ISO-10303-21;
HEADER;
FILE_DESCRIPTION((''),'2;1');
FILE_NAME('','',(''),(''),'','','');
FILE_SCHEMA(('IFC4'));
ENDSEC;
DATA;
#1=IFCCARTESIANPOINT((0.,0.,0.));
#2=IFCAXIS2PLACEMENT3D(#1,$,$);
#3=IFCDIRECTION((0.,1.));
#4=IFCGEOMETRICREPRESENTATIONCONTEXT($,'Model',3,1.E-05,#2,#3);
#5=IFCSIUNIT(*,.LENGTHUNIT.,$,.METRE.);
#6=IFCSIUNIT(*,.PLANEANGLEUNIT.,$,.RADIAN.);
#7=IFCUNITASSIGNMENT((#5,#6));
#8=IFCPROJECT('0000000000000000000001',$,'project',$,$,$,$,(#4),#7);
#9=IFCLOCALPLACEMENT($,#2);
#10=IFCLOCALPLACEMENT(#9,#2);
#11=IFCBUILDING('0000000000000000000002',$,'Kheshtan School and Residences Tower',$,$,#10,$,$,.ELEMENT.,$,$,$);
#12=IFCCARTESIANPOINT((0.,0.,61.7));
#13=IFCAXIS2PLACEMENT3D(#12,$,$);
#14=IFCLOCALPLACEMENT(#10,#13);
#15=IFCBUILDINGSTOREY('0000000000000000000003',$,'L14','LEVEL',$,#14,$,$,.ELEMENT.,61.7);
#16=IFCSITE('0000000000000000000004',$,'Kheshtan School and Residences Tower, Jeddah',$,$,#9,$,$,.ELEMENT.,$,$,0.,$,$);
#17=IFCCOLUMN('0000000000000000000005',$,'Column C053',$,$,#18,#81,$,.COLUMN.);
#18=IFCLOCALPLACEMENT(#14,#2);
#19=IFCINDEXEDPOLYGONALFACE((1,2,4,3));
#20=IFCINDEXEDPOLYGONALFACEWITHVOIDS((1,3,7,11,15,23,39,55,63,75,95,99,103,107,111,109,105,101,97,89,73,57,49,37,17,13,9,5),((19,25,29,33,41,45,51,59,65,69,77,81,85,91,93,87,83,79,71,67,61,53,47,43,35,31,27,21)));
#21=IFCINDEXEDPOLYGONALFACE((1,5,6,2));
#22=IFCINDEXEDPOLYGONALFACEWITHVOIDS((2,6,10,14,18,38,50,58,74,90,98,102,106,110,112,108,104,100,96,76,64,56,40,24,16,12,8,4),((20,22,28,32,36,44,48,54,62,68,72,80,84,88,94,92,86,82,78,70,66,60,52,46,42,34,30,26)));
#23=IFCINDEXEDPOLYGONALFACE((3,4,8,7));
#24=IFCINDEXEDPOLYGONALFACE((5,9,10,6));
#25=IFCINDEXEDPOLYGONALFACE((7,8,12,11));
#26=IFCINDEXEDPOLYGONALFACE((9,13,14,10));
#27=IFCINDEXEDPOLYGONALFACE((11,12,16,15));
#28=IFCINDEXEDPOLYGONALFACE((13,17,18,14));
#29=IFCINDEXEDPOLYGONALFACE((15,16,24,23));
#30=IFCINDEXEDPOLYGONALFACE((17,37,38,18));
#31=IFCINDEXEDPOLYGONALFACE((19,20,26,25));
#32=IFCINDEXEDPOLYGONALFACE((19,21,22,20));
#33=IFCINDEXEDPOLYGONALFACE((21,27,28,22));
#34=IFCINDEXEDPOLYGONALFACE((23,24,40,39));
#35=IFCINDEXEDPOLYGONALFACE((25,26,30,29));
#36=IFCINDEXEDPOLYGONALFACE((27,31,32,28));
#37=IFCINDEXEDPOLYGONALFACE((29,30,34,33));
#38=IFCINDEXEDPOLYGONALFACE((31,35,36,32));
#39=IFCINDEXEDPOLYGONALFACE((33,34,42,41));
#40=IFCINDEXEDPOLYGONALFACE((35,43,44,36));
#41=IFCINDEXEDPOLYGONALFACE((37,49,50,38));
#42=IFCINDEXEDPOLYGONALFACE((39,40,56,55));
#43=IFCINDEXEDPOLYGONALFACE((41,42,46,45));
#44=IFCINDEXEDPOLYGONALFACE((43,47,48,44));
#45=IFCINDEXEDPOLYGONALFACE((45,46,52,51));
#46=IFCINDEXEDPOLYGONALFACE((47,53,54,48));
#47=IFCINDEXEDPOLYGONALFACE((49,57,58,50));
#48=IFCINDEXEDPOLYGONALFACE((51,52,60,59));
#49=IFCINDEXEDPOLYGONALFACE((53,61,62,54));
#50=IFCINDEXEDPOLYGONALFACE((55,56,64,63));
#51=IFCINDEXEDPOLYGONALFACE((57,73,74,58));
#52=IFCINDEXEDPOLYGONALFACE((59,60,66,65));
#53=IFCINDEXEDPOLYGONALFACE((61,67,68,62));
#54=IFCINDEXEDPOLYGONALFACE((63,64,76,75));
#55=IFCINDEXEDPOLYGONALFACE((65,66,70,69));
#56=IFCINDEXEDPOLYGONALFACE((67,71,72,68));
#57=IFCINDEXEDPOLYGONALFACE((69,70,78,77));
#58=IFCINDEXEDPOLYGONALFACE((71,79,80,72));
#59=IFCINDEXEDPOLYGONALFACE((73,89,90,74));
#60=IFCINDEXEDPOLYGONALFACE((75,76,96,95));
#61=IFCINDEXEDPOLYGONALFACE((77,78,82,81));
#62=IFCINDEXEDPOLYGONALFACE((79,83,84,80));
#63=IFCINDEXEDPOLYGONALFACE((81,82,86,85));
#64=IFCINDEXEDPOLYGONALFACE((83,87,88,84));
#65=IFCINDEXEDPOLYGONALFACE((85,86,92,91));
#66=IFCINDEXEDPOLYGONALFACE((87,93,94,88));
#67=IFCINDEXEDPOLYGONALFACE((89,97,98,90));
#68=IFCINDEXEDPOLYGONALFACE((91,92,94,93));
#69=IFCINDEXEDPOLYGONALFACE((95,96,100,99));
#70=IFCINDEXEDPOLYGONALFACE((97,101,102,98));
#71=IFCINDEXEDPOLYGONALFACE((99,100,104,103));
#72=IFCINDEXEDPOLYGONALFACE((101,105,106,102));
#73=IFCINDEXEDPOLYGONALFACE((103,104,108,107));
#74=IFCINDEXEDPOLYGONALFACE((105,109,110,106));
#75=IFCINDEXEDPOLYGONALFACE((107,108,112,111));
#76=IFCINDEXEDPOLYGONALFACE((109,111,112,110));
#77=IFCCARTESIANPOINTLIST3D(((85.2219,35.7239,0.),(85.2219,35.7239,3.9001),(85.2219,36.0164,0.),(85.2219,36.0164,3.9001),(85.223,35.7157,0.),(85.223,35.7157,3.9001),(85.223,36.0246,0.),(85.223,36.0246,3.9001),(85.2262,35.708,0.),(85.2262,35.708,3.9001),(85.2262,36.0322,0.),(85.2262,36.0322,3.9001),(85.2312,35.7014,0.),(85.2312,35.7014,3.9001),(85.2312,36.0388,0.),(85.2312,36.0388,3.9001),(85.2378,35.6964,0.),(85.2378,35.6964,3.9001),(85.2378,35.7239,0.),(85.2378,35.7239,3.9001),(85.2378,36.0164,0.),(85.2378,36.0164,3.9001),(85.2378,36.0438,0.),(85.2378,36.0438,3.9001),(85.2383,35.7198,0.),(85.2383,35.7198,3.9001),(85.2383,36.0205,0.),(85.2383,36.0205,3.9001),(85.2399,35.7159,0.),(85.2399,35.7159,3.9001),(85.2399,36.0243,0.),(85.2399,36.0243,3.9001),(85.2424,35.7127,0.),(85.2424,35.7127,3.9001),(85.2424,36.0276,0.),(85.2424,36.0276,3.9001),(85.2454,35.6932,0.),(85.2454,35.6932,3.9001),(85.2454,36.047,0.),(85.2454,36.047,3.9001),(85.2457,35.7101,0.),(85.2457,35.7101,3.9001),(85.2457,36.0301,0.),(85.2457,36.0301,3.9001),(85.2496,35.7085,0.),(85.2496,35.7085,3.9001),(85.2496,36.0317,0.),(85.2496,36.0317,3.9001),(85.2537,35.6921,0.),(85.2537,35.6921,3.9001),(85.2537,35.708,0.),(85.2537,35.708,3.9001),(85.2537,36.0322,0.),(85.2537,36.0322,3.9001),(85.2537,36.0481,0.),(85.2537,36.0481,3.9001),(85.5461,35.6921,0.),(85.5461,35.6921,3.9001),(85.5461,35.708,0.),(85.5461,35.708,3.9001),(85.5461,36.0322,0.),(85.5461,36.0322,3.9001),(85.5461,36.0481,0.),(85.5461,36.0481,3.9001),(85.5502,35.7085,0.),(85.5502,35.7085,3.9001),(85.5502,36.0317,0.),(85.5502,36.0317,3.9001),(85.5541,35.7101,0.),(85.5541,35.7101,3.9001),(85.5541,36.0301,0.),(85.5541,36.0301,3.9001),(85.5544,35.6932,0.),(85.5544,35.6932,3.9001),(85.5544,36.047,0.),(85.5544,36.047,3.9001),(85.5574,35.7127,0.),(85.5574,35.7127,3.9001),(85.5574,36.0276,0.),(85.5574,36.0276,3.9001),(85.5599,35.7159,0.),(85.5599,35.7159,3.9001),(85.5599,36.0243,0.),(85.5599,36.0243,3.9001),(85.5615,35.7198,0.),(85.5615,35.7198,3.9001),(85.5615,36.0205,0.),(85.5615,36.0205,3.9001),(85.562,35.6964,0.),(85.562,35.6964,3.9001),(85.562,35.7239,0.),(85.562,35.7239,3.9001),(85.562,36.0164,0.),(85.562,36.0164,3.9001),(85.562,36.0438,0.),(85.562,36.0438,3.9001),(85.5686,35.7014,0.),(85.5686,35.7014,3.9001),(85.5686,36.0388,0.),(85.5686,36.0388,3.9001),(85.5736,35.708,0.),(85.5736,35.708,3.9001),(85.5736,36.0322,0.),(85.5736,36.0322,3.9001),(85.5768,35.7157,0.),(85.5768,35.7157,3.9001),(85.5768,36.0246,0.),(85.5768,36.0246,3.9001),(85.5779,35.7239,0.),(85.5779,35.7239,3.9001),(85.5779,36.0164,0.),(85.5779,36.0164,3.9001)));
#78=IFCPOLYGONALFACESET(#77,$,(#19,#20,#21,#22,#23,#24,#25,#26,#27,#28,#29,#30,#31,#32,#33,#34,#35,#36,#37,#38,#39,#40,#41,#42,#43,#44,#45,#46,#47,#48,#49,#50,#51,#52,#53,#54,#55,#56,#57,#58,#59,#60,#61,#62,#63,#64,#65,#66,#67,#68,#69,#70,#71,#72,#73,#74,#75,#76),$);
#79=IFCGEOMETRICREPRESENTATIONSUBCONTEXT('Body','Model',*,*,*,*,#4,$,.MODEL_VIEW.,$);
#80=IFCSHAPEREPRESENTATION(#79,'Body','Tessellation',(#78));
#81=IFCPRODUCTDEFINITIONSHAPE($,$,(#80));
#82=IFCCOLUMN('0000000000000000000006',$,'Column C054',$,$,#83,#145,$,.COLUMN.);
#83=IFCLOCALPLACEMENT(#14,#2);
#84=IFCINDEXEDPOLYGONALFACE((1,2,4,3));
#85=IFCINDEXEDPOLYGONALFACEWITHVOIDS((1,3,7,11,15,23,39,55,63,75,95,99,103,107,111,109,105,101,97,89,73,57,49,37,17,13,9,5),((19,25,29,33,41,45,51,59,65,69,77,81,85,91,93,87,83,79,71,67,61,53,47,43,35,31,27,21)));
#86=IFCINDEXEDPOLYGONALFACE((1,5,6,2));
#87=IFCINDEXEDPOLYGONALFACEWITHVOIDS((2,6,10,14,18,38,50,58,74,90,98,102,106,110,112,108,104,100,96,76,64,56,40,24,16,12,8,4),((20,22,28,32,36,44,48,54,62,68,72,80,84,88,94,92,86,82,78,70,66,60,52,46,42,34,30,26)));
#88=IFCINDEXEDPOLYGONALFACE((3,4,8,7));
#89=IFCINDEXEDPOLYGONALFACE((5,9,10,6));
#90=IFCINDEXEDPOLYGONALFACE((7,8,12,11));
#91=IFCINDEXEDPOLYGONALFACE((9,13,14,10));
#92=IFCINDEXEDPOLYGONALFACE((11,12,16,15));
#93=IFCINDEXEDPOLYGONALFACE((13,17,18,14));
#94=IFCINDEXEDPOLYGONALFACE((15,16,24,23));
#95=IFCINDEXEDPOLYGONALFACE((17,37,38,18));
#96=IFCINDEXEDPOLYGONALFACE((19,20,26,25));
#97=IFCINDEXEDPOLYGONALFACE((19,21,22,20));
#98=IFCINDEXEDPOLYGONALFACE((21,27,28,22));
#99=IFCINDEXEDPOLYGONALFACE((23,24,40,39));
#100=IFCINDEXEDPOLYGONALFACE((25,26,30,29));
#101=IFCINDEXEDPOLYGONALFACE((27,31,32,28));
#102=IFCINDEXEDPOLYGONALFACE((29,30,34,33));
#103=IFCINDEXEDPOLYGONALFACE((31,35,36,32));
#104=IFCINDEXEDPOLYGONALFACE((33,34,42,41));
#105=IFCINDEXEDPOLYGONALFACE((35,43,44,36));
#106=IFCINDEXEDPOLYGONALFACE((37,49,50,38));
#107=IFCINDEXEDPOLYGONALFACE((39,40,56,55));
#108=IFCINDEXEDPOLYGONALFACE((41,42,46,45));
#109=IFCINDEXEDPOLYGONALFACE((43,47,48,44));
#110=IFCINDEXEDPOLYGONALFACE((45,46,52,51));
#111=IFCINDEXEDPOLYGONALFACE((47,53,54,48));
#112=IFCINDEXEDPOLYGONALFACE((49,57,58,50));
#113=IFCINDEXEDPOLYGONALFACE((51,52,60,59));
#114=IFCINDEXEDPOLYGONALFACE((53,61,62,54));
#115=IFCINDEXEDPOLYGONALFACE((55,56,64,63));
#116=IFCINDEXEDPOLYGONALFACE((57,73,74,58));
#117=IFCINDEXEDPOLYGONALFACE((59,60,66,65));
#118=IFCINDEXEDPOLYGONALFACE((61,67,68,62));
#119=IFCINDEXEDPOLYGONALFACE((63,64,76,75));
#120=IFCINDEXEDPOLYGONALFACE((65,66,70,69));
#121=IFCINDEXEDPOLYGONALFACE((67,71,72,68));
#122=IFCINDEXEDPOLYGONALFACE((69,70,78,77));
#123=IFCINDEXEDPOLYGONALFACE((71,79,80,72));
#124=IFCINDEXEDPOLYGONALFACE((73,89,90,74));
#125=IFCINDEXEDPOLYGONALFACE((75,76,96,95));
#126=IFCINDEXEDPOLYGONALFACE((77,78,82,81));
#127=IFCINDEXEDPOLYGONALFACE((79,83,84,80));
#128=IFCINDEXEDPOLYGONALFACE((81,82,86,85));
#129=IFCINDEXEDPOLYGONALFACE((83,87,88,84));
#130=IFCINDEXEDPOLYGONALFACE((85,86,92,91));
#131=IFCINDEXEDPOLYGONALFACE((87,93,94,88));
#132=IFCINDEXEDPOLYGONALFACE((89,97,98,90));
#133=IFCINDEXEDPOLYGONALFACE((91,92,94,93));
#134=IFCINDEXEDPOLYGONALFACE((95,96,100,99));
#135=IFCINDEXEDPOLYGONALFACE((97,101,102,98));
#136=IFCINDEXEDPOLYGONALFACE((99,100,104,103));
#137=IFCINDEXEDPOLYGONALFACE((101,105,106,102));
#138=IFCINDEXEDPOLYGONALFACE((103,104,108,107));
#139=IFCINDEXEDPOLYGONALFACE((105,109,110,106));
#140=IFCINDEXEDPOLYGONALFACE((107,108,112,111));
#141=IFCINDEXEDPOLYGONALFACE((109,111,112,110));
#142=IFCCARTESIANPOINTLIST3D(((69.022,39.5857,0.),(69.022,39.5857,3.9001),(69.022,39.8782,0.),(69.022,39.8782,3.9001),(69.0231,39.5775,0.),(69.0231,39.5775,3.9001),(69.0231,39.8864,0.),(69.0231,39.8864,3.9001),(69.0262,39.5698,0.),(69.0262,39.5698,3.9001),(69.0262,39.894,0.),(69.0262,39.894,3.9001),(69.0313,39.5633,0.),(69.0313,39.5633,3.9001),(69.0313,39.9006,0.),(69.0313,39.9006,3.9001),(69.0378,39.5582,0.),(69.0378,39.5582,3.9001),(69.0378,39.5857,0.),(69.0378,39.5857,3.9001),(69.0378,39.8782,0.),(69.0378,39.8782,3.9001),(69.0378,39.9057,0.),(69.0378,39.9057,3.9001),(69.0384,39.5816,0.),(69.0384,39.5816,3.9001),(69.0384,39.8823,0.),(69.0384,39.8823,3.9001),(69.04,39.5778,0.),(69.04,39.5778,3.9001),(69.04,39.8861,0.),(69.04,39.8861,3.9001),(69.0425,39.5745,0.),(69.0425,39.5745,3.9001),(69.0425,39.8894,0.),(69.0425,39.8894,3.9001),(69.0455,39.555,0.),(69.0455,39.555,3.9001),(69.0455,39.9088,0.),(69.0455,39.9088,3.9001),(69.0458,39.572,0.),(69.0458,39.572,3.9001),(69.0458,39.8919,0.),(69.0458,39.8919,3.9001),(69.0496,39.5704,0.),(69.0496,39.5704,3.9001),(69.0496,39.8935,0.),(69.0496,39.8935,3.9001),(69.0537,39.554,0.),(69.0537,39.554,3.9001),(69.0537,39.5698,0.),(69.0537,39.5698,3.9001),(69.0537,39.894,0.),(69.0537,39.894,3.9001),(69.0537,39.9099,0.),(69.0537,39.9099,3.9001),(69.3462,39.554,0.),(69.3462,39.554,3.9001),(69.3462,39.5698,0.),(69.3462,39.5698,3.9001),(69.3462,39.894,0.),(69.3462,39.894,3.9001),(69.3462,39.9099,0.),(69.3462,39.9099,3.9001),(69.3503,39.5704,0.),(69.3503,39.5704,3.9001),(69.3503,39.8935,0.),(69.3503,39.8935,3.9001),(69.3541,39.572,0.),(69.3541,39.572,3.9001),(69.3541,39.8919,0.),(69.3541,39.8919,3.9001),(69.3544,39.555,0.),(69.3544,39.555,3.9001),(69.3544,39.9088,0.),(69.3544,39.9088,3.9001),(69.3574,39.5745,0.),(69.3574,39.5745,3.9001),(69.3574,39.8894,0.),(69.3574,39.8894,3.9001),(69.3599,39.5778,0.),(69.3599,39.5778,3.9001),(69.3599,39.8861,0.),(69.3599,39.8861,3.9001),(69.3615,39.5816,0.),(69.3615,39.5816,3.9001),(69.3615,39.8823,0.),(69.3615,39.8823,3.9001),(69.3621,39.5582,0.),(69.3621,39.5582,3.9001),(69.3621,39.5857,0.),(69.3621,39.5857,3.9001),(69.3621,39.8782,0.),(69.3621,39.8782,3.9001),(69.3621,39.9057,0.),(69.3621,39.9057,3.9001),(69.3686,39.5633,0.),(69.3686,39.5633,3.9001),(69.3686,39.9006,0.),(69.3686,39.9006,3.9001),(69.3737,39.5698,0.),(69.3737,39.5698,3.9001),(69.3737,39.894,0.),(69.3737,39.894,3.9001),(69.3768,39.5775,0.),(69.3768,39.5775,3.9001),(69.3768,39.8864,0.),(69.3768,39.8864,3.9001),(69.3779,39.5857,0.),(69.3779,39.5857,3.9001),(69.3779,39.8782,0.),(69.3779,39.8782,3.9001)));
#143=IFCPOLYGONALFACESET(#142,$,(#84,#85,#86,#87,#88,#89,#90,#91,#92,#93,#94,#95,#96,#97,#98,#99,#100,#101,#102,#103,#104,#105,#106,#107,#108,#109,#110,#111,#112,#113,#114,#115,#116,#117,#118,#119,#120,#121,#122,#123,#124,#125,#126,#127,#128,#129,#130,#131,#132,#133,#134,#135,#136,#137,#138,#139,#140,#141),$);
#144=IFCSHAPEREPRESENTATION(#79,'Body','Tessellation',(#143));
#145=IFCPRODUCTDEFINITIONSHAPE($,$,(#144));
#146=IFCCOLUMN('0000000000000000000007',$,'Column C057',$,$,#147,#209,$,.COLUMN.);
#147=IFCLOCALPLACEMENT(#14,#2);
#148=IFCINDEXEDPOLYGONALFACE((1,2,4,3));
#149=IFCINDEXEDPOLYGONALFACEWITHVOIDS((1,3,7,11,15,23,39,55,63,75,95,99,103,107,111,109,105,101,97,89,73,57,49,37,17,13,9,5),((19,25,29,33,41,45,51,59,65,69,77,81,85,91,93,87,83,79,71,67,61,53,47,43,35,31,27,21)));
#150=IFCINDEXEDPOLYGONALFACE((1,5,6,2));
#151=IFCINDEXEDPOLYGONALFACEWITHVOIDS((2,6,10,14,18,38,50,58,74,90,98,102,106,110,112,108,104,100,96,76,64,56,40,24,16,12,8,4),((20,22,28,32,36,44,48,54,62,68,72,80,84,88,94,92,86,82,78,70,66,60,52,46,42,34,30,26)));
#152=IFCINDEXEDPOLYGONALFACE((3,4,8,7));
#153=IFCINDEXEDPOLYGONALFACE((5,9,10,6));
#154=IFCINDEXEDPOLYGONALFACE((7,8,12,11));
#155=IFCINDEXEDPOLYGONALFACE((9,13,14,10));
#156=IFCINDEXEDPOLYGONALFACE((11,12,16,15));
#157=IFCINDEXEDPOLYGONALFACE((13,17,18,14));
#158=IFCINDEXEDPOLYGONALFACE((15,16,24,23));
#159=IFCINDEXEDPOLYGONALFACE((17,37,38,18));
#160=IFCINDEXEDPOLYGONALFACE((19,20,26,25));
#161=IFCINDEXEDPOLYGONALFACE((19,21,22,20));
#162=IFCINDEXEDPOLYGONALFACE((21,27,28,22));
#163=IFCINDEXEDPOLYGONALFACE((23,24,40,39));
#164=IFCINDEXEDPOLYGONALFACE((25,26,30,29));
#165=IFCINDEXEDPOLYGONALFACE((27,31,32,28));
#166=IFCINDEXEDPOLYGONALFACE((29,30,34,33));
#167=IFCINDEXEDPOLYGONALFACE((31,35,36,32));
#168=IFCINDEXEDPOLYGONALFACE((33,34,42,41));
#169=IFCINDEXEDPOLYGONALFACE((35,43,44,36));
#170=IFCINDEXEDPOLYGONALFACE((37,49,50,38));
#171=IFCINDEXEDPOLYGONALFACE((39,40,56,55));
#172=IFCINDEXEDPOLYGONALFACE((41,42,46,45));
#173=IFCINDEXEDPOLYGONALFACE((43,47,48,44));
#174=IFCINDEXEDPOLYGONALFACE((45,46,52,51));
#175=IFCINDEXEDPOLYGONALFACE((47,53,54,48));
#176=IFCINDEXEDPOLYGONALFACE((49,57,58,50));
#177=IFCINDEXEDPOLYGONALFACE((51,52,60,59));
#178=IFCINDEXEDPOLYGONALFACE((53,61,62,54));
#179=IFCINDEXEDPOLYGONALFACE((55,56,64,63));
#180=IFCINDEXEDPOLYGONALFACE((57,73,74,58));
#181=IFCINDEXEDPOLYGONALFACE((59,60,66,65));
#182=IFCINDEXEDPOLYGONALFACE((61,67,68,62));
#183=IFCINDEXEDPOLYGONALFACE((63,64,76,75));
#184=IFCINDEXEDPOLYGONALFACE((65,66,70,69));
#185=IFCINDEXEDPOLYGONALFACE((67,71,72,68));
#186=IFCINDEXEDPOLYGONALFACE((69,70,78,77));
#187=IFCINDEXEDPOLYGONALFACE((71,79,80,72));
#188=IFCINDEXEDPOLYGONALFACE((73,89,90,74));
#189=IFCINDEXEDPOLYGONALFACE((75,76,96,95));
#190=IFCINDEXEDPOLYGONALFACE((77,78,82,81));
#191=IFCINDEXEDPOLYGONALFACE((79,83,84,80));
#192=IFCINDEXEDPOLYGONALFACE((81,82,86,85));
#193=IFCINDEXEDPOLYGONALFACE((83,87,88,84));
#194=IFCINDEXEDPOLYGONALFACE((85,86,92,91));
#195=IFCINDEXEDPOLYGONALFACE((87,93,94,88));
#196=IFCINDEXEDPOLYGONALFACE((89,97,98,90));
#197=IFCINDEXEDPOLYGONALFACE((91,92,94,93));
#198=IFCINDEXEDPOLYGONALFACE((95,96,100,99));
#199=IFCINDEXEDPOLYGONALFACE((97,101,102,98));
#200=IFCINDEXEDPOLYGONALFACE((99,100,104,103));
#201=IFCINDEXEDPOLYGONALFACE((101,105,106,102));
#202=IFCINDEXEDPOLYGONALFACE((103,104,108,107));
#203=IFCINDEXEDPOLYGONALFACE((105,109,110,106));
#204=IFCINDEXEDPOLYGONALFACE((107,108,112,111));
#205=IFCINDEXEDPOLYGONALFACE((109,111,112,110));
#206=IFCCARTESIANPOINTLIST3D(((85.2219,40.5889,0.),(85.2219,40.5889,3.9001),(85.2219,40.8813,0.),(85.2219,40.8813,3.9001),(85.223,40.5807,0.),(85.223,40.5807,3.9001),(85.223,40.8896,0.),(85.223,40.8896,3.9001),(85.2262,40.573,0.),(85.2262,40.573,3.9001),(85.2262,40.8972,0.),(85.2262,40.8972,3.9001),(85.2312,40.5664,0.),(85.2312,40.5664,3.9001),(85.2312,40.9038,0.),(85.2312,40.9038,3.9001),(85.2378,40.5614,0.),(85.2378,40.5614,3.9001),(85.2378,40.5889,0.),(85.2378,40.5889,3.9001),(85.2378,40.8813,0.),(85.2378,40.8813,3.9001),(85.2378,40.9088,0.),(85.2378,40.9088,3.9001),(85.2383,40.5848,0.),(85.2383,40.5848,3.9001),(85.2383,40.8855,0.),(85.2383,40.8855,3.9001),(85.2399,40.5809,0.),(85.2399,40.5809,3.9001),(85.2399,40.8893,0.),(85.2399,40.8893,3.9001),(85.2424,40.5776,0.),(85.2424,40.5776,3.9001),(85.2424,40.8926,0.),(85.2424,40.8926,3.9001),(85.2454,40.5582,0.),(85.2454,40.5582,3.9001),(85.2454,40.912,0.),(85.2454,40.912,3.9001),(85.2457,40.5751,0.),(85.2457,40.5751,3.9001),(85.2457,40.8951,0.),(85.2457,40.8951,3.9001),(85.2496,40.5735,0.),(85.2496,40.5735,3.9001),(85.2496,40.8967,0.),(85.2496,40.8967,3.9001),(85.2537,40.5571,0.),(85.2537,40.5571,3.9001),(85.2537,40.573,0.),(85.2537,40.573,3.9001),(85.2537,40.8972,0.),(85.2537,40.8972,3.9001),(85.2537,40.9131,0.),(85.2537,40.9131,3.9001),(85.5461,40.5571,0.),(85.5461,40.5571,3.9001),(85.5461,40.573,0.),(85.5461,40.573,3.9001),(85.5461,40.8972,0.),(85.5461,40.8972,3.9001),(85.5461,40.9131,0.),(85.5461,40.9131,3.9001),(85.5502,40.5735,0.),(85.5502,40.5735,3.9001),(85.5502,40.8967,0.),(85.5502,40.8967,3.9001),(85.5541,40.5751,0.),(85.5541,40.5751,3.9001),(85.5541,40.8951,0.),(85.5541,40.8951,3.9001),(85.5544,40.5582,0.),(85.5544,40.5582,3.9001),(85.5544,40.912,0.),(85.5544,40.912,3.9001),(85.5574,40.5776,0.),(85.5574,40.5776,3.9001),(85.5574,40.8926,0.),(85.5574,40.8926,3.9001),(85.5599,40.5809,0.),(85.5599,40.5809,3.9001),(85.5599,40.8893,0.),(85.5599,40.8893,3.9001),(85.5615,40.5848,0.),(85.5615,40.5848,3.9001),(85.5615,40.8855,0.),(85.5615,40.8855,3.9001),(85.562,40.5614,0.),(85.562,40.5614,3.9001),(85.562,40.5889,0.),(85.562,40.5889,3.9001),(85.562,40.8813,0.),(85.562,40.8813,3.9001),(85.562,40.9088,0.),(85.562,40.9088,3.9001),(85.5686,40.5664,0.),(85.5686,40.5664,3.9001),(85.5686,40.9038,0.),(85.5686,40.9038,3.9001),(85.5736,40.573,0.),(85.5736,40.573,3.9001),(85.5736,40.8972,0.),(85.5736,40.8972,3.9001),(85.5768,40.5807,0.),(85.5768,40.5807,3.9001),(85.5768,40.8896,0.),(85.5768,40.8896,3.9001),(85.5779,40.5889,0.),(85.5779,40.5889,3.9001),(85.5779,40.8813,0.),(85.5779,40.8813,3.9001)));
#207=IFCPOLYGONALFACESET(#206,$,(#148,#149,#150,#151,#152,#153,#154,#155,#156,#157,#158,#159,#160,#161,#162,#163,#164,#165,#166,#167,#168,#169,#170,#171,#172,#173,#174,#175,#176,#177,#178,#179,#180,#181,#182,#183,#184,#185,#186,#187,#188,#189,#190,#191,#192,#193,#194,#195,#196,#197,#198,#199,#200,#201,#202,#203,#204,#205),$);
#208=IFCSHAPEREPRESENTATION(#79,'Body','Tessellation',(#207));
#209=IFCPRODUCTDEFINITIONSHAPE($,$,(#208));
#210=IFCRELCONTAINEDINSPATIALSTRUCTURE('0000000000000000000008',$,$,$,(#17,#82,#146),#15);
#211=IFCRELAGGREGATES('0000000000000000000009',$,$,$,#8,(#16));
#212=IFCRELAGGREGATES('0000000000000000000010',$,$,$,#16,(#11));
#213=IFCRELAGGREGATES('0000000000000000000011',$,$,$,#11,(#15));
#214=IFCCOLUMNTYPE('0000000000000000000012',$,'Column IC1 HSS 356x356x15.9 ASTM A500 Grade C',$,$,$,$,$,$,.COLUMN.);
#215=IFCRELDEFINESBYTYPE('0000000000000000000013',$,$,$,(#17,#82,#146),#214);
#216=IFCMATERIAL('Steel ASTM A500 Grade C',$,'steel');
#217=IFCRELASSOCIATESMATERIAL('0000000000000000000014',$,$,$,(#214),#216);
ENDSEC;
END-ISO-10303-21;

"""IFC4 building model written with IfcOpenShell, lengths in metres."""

from ifc_helpers import new_model, si_unit, direction, frame, origin, origin_2d, place, context, subcontext, project, spatial, hollow_rectangle, extrude, material, material_profile, profile_set, type_object, element, save


model = new_model("IFC4")

# Units and contexts
model_context = context("Model", 3, precision=1e-05, world=origin(), true_north=direction((0.0, 1.0)))
body_context = subcontext(model_context, "Body", "Model", "MODEL_VIEW")
ifc_project = project(units=[si_unit("LENGTHUNIT", "METRE"), si_unit("PLANEANGLEUNIT", "RADIAN")], contexts=[model_context])

# Site, building, storey
site_placement = place(None, origin())
site = spatial("IfcSite", under=ifc_project, at=site_placement, Name="Kheshtan School and Residences Tower, Jeddah", CompositionType="ELEMENT", RefElevation=0.0)
building_placement = place(site_placement, origin())
building = spatial("IfcBuilding", under=site, at=building_placement, Name="Kheshtan School and Residences Tower", CompositionType="ELEMENT")
storey_placement = place(building_placement, frame((0.0, 0.0, 61.7)))
storey = spatial("IfcBuildingStorey", under=building, at=storey_placement, Name="L14", Description="LEVEL", CompositionType="ELEMENT", Elevation=61.7)

# Columns
ifc_material_1 = material(Name="Steel ASTM A500 Grade C", Category="steel")
ifc_material_profile_1 = material_profile(ifc_material_1, hollow_rectangle(XDim=0.356, YDim=0.356, WallThickness=0.0159, InnerFilletRadius=0.0159, OuterFilletRadius=0.0317, at=origin_2d()), Name="HSS 356x356x15.9")
ifc_profile_set_1 = profile_set([ifc_material_profile_1], Name="Steel ASTM A500 Grade C")
column_type = type_object("IfcColumnType", Name="Column IC1 HSS 356x356x15.9 ASTM A500 Grade C", PredefinedType="COLUMN", material=ifc_profile_set_1)
for number, where, z_axis, x_axis, name in (
    (1, (85.3999, 35.8701, 0.0), (0.0, 0.0, 1.0), (1.0, 0.0, 0.0), "Column C053"),
    (2, (69.2, 39.7319, 0.0), (0.0, 0.0, 1.0), (1.0, 0.0, 0.0), "Column C054"),
    (3, (85.3999, 40.7351, 0.0), (0.0, 0.0, 1.0), (1.0, 0.0, 0.0), "Column C057"),
):
    element("IfcColumn", number, at=place(storey_placement, frame(where, z_axis=z_axis, x_axis=x_axis)), inside=storey, type_object=column_type, Name=name, PredefinedType="COLUMN", context=body_context, shape_type="SweptSolid", body=[
        extrude(hollow_rectangle(XDim=0.356, YDim=0.356, WallThickness=0.0159, InnerFilletRadius=0.0159, OuterFilletRadius=0.0317, at=origin_2d()), origin(), (0.0, 0.0, 1.0), 3.9001),
    ])

save(model, "model.ifc")
